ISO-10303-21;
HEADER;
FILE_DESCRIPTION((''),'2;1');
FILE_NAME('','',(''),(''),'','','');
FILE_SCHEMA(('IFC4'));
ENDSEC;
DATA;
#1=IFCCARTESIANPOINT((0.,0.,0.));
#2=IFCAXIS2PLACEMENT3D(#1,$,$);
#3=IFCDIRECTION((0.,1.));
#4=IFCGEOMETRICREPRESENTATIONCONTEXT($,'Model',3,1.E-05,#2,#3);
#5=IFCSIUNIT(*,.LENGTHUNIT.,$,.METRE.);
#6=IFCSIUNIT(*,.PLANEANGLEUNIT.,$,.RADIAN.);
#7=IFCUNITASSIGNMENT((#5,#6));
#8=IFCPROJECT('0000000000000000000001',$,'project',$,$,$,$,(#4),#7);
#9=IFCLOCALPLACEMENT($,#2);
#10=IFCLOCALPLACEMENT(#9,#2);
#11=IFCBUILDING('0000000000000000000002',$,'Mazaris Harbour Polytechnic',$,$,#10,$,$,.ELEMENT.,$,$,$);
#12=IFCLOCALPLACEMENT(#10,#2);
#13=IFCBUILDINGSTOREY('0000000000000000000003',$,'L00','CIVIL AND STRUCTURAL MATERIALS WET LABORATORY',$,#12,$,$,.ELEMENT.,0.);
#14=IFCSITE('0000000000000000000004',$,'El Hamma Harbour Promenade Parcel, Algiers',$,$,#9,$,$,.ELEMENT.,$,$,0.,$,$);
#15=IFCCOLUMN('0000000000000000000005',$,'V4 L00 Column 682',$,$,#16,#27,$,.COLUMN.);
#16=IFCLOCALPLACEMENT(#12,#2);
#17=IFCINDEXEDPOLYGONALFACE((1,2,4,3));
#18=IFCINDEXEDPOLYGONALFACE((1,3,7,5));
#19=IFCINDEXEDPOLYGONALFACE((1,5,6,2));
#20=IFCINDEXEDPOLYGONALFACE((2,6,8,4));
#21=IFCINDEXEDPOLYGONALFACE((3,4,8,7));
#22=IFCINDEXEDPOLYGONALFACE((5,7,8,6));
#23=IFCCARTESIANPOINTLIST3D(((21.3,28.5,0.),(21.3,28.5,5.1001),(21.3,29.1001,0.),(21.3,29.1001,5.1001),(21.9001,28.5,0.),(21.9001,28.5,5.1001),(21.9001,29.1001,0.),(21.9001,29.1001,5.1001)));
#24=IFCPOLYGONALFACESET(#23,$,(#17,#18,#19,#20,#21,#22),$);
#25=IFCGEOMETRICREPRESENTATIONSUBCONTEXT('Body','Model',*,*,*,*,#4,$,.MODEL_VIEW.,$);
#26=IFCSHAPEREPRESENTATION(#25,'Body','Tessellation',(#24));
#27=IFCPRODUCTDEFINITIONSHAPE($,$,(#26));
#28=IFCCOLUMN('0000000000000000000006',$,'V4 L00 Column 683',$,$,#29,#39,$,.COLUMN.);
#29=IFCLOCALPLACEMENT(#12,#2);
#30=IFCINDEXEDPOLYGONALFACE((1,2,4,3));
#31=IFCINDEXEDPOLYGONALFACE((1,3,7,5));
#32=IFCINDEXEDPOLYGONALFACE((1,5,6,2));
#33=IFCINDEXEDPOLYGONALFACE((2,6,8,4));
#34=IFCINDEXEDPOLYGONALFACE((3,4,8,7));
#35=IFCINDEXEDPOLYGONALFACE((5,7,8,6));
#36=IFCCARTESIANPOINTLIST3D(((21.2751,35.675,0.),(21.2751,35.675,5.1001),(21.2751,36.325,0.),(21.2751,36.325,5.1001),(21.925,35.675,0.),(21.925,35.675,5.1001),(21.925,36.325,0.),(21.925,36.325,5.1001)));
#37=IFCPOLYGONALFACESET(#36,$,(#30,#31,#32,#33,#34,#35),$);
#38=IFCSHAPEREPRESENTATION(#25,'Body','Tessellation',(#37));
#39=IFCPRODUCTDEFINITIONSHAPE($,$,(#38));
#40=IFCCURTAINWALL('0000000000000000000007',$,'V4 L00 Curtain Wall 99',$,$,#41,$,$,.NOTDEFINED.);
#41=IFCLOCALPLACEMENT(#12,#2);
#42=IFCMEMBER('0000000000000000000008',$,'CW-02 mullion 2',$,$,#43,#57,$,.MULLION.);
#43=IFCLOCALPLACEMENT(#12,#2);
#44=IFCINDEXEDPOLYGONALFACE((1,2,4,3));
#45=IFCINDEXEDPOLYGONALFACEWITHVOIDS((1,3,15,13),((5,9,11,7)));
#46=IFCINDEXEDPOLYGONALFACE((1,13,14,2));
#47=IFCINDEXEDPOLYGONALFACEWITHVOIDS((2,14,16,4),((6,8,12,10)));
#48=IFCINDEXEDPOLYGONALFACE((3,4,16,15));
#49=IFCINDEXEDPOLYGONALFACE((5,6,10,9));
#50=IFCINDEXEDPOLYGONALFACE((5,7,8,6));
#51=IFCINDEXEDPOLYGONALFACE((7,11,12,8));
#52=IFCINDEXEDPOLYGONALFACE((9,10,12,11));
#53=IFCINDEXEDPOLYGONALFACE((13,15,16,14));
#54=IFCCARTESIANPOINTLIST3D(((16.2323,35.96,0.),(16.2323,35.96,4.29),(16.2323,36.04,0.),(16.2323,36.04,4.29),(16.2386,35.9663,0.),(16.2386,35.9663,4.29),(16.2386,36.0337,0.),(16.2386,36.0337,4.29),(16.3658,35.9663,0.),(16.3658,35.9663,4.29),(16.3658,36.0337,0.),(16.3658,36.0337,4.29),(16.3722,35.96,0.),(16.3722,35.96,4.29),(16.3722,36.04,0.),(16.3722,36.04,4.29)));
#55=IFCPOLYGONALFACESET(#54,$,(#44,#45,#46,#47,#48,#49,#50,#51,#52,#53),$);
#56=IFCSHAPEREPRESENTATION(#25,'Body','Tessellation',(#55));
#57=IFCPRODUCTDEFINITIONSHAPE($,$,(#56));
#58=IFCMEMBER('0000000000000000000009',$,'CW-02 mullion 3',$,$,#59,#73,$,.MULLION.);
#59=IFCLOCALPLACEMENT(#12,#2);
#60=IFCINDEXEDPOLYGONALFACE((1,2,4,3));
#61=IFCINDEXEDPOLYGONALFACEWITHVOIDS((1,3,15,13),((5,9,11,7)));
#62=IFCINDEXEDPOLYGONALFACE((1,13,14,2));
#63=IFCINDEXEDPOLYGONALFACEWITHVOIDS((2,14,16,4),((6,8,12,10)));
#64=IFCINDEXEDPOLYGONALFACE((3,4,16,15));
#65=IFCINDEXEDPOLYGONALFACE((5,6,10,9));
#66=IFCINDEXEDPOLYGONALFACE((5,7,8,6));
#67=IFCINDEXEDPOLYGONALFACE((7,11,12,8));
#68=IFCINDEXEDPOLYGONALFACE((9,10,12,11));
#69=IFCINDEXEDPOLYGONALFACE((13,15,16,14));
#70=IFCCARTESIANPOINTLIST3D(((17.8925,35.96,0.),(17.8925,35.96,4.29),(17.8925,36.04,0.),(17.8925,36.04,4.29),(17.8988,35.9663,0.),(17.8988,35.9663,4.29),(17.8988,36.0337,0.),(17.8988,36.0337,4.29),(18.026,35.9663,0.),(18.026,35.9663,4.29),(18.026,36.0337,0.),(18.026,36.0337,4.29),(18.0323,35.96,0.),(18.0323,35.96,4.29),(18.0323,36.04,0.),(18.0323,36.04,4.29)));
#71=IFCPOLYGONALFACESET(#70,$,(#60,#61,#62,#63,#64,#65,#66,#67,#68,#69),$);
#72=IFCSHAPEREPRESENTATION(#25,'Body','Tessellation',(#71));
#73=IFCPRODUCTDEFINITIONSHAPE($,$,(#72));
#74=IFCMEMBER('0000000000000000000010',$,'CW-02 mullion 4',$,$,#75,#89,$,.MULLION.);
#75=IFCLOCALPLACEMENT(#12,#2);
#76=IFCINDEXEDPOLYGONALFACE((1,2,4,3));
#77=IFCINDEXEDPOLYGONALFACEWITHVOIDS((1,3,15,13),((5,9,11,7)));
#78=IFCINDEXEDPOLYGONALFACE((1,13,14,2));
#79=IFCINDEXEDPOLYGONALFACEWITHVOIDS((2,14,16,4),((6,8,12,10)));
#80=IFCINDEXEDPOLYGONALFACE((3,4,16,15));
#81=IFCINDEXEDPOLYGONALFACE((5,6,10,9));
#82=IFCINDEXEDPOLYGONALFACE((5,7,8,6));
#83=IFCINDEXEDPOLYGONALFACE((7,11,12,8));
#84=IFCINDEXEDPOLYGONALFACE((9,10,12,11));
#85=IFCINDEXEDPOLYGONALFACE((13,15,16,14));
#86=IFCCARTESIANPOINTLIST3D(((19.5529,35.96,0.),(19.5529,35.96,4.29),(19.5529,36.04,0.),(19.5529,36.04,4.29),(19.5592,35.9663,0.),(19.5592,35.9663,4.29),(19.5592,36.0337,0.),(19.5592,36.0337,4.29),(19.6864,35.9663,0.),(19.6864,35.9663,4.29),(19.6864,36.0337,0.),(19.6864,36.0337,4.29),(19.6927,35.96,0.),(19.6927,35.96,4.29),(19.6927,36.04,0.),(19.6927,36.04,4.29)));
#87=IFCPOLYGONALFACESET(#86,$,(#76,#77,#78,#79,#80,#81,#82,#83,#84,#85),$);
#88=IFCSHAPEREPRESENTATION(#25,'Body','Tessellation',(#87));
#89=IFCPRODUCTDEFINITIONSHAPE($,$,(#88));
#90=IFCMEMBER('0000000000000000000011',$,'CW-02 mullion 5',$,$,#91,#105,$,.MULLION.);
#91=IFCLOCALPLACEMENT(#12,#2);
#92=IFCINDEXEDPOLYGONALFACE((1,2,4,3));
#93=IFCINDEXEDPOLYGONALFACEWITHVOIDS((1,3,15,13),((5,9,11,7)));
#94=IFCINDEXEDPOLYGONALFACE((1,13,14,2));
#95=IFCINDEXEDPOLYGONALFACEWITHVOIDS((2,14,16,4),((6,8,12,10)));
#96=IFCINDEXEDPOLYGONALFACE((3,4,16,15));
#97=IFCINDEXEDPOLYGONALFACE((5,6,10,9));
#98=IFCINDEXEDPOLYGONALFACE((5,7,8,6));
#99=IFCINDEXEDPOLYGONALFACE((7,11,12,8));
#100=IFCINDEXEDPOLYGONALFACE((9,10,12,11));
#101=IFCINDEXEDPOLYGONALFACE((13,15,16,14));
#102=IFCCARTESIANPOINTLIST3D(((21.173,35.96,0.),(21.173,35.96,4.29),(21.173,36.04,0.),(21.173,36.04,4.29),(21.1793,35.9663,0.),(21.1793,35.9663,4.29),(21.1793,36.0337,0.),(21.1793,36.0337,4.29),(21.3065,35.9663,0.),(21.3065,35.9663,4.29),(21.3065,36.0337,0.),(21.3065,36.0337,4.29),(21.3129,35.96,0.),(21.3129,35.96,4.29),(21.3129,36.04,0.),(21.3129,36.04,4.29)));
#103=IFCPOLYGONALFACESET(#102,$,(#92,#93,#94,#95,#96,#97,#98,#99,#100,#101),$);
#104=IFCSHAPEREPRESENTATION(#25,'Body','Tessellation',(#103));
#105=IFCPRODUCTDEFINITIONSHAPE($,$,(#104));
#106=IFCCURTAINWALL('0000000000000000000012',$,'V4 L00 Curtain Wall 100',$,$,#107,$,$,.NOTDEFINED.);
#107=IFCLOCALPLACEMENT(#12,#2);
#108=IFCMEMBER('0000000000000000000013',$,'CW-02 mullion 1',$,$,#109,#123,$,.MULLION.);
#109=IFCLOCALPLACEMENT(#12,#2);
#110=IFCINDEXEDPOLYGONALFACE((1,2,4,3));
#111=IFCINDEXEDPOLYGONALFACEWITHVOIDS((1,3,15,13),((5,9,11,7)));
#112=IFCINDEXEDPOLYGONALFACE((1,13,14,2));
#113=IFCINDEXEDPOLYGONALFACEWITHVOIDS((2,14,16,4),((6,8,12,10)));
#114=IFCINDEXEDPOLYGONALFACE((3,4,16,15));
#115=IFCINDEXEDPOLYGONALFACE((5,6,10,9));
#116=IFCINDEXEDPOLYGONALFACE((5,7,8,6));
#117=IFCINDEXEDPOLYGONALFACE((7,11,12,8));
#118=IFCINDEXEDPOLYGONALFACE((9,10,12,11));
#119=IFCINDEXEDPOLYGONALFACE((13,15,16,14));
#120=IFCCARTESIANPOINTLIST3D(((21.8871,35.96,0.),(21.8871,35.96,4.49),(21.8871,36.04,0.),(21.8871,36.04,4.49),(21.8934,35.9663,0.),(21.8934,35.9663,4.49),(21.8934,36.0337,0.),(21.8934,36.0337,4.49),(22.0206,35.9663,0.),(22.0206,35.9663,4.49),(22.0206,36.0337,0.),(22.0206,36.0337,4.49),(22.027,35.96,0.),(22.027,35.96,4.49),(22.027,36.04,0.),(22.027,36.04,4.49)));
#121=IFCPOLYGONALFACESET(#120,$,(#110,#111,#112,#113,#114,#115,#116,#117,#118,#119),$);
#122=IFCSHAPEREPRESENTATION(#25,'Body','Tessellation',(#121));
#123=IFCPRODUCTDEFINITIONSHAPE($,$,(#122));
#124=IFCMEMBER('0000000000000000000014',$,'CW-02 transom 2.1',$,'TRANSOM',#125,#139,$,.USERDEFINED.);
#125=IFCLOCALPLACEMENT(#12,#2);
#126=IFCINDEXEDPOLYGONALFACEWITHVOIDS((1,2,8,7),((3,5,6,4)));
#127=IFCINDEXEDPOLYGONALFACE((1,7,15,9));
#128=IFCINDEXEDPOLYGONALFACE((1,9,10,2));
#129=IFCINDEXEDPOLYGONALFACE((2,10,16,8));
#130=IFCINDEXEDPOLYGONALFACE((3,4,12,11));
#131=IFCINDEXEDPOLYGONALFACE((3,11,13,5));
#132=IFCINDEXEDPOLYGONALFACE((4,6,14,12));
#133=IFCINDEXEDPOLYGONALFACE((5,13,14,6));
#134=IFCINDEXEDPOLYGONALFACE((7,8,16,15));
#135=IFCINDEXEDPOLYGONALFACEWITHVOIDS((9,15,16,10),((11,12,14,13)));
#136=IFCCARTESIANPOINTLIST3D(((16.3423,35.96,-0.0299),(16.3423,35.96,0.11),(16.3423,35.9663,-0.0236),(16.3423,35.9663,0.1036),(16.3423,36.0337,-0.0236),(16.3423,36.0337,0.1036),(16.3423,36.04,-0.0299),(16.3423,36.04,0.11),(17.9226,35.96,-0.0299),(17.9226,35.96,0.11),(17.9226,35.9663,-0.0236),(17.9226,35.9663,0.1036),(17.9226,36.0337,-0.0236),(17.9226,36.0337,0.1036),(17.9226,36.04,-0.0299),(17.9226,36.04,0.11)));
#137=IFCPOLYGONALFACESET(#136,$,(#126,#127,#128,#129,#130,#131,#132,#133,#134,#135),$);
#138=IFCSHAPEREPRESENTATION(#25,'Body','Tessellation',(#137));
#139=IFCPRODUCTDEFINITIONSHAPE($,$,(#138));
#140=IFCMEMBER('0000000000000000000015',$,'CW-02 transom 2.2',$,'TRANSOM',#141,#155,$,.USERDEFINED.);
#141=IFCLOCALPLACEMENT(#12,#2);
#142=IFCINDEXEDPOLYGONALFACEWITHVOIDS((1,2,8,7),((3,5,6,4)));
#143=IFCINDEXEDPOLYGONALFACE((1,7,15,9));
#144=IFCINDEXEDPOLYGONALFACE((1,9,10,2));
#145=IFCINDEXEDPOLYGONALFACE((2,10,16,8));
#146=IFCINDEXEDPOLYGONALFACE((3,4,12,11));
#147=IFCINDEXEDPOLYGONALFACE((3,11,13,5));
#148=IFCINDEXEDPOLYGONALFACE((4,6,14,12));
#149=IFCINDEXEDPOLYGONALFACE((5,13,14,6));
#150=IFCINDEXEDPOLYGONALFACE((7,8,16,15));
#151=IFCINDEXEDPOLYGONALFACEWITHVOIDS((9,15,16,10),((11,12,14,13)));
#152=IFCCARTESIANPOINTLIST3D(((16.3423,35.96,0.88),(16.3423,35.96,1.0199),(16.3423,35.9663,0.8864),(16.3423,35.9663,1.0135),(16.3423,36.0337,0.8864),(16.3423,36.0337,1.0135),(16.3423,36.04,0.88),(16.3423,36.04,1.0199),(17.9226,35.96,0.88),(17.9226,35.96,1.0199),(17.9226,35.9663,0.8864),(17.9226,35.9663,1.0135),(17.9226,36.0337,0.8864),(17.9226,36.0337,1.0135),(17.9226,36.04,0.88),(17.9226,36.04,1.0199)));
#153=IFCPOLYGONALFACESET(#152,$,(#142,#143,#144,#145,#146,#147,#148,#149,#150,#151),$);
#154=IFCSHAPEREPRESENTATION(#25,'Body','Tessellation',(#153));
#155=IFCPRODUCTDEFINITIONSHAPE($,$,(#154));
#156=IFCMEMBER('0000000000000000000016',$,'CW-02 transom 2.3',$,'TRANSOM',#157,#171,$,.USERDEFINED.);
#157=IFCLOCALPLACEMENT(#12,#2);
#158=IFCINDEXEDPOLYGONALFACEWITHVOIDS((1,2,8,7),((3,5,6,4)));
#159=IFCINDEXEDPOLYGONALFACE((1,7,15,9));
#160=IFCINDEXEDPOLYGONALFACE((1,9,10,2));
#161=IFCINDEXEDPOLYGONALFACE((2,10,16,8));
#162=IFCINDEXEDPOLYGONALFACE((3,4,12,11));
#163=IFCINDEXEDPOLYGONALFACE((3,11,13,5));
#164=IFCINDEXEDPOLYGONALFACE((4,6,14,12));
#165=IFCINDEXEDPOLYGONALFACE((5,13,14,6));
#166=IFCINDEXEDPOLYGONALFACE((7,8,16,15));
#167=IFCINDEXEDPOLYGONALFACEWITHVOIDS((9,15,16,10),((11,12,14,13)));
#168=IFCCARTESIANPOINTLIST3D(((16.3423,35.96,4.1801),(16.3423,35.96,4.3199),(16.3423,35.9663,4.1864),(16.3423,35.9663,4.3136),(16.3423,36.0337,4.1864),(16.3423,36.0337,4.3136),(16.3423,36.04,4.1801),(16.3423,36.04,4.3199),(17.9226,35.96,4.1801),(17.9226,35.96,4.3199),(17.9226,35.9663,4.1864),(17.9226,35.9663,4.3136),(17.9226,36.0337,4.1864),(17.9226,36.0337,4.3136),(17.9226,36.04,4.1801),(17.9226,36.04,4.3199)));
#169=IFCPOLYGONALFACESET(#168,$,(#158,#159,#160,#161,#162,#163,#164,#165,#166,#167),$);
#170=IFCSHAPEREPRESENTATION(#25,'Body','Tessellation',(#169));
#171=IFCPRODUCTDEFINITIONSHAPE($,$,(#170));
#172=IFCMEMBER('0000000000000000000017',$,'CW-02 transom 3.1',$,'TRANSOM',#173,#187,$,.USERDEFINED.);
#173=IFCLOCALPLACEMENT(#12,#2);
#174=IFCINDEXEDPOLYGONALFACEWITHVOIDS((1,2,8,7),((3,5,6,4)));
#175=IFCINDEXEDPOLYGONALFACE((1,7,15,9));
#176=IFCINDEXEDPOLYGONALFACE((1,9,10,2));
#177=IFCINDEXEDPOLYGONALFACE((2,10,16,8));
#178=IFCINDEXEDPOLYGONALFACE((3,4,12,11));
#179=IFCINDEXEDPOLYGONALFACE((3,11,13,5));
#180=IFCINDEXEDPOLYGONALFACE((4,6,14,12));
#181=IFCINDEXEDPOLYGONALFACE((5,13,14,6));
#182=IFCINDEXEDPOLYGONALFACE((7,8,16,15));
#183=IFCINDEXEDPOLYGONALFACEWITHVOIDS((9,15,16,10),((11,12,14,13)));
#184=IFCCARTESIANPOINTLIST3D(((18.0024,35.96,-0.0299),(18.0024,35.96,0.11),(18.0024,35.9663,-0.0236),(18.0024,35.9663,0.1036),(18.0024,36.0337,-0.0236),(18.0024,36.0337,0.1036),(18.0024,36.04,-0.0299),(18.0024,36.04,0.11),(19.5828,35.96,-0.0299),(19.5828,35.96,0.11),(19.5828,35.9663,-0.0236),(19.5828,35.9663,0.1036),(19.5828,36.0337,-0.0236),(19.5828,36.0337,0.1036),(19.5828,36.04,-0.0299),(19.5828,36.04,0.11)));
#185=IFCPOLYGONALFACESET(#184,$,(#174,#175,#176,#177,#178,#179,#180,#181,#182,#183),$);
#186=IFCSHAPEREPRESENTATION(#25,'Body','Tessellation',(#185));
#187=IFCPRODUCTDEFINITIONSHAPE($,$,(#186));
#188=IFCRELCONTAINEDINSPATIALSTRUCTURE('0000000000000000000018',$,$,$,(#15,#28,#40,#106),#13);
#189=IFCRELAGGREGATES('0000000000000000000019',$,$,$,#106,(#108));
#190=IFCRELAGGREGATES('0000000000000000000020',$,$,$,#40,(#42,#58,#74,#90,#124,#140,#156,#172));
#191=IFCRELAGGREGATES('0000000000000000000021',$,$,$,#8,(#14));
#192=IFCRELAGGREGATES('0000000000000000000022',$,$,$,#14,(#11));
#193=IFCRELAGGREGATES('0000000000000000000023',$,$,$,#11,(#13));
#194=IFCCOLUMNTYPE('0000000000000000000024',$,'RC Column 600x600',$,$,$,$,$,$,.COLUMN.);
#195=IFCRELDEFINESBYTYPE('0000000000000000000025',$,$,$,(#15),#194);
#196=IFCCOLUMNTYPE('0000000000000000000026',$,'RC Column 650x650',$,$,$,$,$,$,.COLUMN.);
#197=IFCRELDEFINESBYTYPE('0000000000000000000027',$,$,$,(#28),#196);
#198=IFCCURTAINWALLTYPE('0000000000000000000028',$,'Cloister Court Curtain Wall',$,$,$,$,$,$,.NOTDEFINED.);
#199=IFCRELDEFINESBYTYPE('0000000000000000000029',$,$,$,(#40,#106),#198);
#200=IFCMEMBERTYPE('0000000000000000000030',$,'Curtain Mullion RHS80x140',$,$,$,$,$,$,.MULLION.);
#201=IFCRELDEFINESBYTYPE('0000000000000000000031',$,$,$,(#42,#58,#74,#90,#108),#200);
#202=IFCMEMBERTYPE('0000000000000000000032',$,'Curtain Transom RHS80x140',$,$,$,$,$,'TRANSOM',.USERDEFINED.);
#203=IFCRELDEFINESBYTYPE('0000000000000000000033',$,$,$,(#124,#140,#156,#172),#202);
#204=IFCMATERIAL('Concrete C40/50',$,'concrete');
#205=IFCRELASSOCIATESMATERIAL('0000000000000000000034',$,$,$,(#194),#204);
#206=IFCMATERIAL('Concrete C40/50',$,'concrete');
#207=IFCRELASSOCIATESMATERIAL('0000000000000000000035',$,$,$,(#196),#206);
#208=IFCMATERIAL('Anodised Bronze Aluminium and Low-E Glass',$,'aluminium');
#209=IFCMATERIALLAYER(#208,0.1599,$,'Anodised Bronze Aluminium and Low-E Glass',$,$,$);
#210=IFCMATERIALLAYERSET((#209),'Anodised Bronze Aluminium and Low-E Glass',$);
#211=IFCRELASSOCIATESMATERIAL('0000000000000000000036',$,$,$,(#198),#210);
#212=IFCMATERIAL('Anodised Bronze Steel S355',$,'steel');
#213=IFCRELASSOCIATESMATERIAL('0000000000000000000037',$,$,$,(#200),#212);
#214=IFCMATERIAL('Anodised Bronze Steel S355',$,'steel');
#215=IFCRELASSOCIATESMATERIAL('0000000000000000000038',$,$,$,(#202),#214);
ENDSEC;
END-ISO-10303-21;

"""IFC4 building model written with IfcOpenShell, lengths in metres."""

from ifc_helpers import new_model, si_unit, direction, frame, origin, origin_2d, place, context, subcontext, project, spatial, rectangle, hollow_rectangle, extrude, material, layer, layer_set, material_profile, profile_set, type_object, element, aggregate, save


model = new_model("IFC4")

# Units and contexts
model_context = context("Model", 3, precision=1e-05, world=origin(), true_north=direction((0.0, 1.0)))
body_context = subcontext(model_context, "Body", "Model", "MODEL_VIEW")
ifc_project = project(units=[si_unit("LENGTHUNIT", "METRE"), si_unit("PLANEANGLEUNIT", "RADIAN")], contexts=[model_context])

# Site, building, storey
site_placement = place(None, origin())
site = spatial("IfcSite", under=ifc_project, at=site_placement, Name="El Hamma Harbour Promenade Parcel, Algiers", CompositionType="ELEMENT", RefElevation=0.0)
building_placement = place(site_placement, origin())
building = spatial("IfcBuilding", under=site, at=building_placement, Name="Mazaris Harbour Polytechnic", CompositionType="ELEMENT")
storey_placement = place(building_placement, origin())
storey = spatial("IfcBuildingStorey", under=building, at=storey_placement, Name="L00", Description="CIVIL AND STRUCTURAL MATERIALS WET LABORATORY", CompositionType="ELEMENT", Elevation=0.0)

# Columns
ifc_material_1 = material(Name="Concrete C40/50", Category="concrete")
ifc_material_profile_1 = material_profile(ifc_material_1, rectangle(XDim=0.6001, YDim=0.6001, at=origin_2d()), Name="RECT600x600")
ifc_profile_set_1 = profile_set([ifc_material_profile_1], Name="Concrete C40/50")
column_type_1 = type_object("IfcColumnType", Name="RC Column 600x600", PredefinedType="COLUMN", material=ifc_profile_set_1)
column_1_placement = place(storey_placement, frame((21.6001, 28.8, 0.0), z_axis=(0.0, 0.0, 1.0), x_axis=(1.0, 0.0, 0.0)))
element("IfcColumn", 1, at=column_1_placement, inside=storey, type_object=column_type_1, Name="V4 L00 Column 682", PredefinedType="COLUMN", context=body_context, shape_type="SweptSolid", body=[
    extrude(rectangle(XDim=0.6001, YDim=0.6001, at=origin_2d()), origin(), (0.0, 0.0, 1.0), 5.1001),
])
ifc_material_2 = material(Name="Concrete C40/50", Category="concrete")
ifc_material_profile_2 = material_profile(ifc_material_2, rectangle(XDim=0.6499, YDim=0.6499, at=origin_2d()), Name="RECT650x650")
ifc_profile_set_2 = profile_set([ifc_material_profile_2], Name="Concrete C40/50")
column_type_2 = type_object("IfcColumnType", Name="RC Column 650x650", PredefinedType="COLUMN", material=ifc_profile_set_2)
column_2_placement = place(storey_placement, frame((21.6001, 36.0, 0.0), z_axis=(0.0, 0.0, 1.0), x_axis=(1.0, 0.0, 0.0)))
element("IfcColumn", 2, at=column_2_placement, inside=storey, type_object=column_type_2, Name="V4 L00 Column 683", PredefinedType="COLUMN", context=body_context, shape_type="SweptSolid", body=[
    extrude(rectangle(XDim=0.6499, YDim=0.6499, at=origin_2d()), origin(), (0.0, 0.0, 1.0), 5.1001),
])

# Curtain wall, members
ifc_material_3 = material(Name="Anodised Bronze Aluminium and Low-E Glass", Category="aluminium")
ifc_layer_1 = layer(ifc_material_3, 0.1599, Name="Anodised Bronze Aluminium and Low-E Glass")
ifc_layer_set_1 = layer_set([ifc_layer_1], Name="Anodised Bronze Aluminium and Low-E Glass")
curtain_wall_type = type_object("IfcCurtainWallType", Name="Cloister Court Curtain Wall", PredefinedType="NOTDEFINED", material=ifc_layer_set_1)
curtain_wall_1_placement = place(storey_placement, origin())
curtain_wall_1 = element("IfcCurtainWall", 3, at=curtain_wall_1_placement, inside=storey, type_object=curtain_wall_type, Name="V4 L00 Curtain Wall 99", PredefinedType="NOTDEFINED")
ifc_material_4 = material(Name="Anodised Bronze Steel S355", Category="steel")
ifc_material_profile_3 = material_profile(ifc_material_4, hollow_rectangle(XDim=0.0801, YDim=0.1399, WallThickness=0.0063, at=origin_2d()), Name="RHS 80x140x6.3")
ifc_profile_set_3 = profile_set([ifc_material_profile_3], Name="Anodised Bronze Steel S355")
member_type_1 = type_object("IfcMemberType", Name="Curtain Mullion RHS80x140", PredefinedType="MULLION", material=ifc_profile_set_3)
member_1_placement = place(storey_placement, frame((16.3022, 36.0, 0.0), z_axis=(0.0, 0.0, 1.0), x_axis=(0.0, 1.0, 0.0)))
member_1 = element("IfcMember", 4, at=member_1_placement, type_object=member_type_1, Name="CW-02 mullion 2", PredefinedType="MULLION", context=body_context, shape_type="SweptSolid", body=[
    extrude(hollow_rectangle(XDim=0.0801, YDim=0.1399, WallThickness=0.0063, at=origin_2d()), origin(), (0.0, 0.0, 1.0), 4.29),
])
member_2_placement = place(storey_placement, frame((17.9624, 36.0, 0.0), z_axis=(0.0, 0.0, 1.0), x_axis=(0.0, 1.0, 0.0)))
member_2 = element("IfcMember", 5, at=member_2_placement, type_object=member_type_1, Name="CW-02 mullion 3", PredefinedType="MULLION", context=body_context, shape_type="SweptSolid", body=[
    extrude(hollow_rectangle(XDim=0.0801, YDim=0.1399, WallThickness=0.0063, at=origin_2d()), origin(), (0.0, 0.0, 1.0), 4.29),
])
member_3_placement = place(storey_placement, frame((19.6228, 36.0, 0.0), z_axis=(0.0, 0.0, 1.0), x_axis=(0.0, 1.0, 0.0)))
member_3 = element("IfcMember", 6, at=member_3_placement, type_object=member_type_1, Name="CW-02 mullion 4", PredefinedType="MULLION", context=body_context, shape_type="SweptSolid", body=[
    extrude(hollow_rectangle(XDim=0.0801, YDim=0.1399, WallThickness=0.0063, at=origin_2d()), origin(), (0.0, 0.0, 1.0), 4.29),
])
member_4_placement = place(storey_placement, frame((21.2429, 36.0, 0.0), z_axis=(0.0, 0.0, 1.0), x_axis=(0.0, 1.0, 0.0)))
member_4 = element("IfcMember", 7, at=member_4_placement, type_object=member_type_1, Name="CW-02 mullion 5", PredefinedType="MULLION", context=body_context, shape_type="SweptSolid", body=[
    extrude(hollow_rectangle(XDim=0.0801, YDim=0.1399, WallThickness=0.0063, at=origin_2d()), origin(), (0.0, 0.0, 1.0), 4.29),
])

# Curtain wall, member
curtain_wall_2_placement = place(storey_placement, origin())
curtain_wall_2 = element("IfcCurtainWall", 8, at=curtain_wall_2_placement, inside=storey, type_object=curtain_wall_type, Name="V4 L00 Curtain Wall 100", PredefinedType="NOTDEFINED")
member_5_placement = place(storey_placement, frame((21.957, 36.0, 0.0), z_axis=(0.0, 0.0, 1.0), x_axis=(0.0, 1.0, 0.0)))
member_5 = element("IfcMember", 9, at=member_5_placement, type_object=member_type_1, Name="CW-02 mullion 1", PredefinedType="MULLION", context=body_context, shape_type="SweptSolid", body=[
    extrude(hollow_rectangle(XDim=0.0801, YDim=0.1399, WallThickness=0.0063, at=origin_2d()), origin(), (0.0, 0.0, 1.0), 4.49),
])
aggregate(curtain_wall_2, [member_5])

# Members
ifc_material_5 = material(Name="Anodised Bronze Steel S355", Category="steel")
ifc_material_profile_4 = material_profile(ifc_material_5, hollow_rectangle(XDim=0.0801, YDim=0.1399, WallThickness=0.0063, at=origin_2d()), Name="RHS 80x140x6.3")
ifc_profile_set_4 = profile_set([ifc_material_profile_4], Name="Anodised Bronze Steel S355")
member_type_2 = type_object("IfcMemberType", Name="Curtain Transom RHS80x140", ElementType="TRANSOM", PredefinedType="USERDEFINED", material=ifc_profile_set_4)
member_6_placement = place(storey_placement, frame((16.3423, 36.0, 0.04), z_axis=(1.0, 0.0, 0.0), x_axis=(0.0, 1.0, 0.0)))
member_6 = element("IfcMember", 10, at=member_6_placement, type_object=member_type_2, Name="CW-02 transom 2.1", ObjectType="TRANSOM", PredefinedType="USERDEFINED", context=body_context, shape_type="SweptSolid", body=[
    extrude(hollow_rectangle(XDim=0.0801, YDim=0.1399, WallThickness=0.0063, at=origin_2d()), origin(), (0.0, 0.0, 1.0), 1.5803),
])
member_7_placement = place(storey_placement, frame((16.3423, 36.0, 0.95), z_axis=(1.0, 0.0, 0.0), x_axis=(0.0, 1.0, 0.0)))
member_7 = element("IfcMember", 11, at=member_7_placement, type_object=member_type_2, Name="CW-02 transom 2.2", ObjectType="TRANSOM", PredefinedType="USERDEFINED", context=body_context, shape_type="SweptSolid", body=[
    extrude(hollow_rectangle(XDim=0.0801, YDim=0.1399, WallThickness=0.0063, at=origin_2d()), origin(), (0.0, 0.0, 1.0), 1.5803),
])
member_8_placement = place(storey_placement, frame((16.3423, 36.0, 4.25), z_axis=(1.0, 0.0, 0.0), x_axis=(0.0, 1.0, 0.0)))
member_8 = element("IfcMember", 12, at=member_8_placement, type_object=member_type_2, Name="CW-02 transom 2.3", ObjectType="TRANSOM", PredefinedType="USERDEFINED", context=body_context, shape_type="SweptSolid", body=[
    extrude(hollow_rectangle(XDim=0.0801, YDim=0.1399, WallThickness=0.0063, at=origin_2d()), origin(), (0.0, 0.0, 1.0), 1.5803),
])
member_9_placement = place(storey_placement, frame((18.0024, 36.0, 0.04), z_axis=(1.0, 0.0, 0.0), x_axis=(0.0, 1.0, 0.0)))
member_9 = element("IfcMember", 13, at=member_9_placement, type_object=member_type_2, Name="CW-02 transom 3.1", ObjectType="TRANSOM", PredefinedType="USERDEFINED", context=body_context, shape_type="SweptSolid", body=[
    extrude(hollow_rectangle(XDim=0.0801, YDim=0.1399, WallThickness=0.0063, at=origin_2d()), origin(), (0.0, 0.0, 1.0), 1.5803),
])

aggregate(curtain_wall_1, [member_1, member_2, member_3, member_4, member_6, member_7, member_8, member_9])

save(model, "model.ifc")
